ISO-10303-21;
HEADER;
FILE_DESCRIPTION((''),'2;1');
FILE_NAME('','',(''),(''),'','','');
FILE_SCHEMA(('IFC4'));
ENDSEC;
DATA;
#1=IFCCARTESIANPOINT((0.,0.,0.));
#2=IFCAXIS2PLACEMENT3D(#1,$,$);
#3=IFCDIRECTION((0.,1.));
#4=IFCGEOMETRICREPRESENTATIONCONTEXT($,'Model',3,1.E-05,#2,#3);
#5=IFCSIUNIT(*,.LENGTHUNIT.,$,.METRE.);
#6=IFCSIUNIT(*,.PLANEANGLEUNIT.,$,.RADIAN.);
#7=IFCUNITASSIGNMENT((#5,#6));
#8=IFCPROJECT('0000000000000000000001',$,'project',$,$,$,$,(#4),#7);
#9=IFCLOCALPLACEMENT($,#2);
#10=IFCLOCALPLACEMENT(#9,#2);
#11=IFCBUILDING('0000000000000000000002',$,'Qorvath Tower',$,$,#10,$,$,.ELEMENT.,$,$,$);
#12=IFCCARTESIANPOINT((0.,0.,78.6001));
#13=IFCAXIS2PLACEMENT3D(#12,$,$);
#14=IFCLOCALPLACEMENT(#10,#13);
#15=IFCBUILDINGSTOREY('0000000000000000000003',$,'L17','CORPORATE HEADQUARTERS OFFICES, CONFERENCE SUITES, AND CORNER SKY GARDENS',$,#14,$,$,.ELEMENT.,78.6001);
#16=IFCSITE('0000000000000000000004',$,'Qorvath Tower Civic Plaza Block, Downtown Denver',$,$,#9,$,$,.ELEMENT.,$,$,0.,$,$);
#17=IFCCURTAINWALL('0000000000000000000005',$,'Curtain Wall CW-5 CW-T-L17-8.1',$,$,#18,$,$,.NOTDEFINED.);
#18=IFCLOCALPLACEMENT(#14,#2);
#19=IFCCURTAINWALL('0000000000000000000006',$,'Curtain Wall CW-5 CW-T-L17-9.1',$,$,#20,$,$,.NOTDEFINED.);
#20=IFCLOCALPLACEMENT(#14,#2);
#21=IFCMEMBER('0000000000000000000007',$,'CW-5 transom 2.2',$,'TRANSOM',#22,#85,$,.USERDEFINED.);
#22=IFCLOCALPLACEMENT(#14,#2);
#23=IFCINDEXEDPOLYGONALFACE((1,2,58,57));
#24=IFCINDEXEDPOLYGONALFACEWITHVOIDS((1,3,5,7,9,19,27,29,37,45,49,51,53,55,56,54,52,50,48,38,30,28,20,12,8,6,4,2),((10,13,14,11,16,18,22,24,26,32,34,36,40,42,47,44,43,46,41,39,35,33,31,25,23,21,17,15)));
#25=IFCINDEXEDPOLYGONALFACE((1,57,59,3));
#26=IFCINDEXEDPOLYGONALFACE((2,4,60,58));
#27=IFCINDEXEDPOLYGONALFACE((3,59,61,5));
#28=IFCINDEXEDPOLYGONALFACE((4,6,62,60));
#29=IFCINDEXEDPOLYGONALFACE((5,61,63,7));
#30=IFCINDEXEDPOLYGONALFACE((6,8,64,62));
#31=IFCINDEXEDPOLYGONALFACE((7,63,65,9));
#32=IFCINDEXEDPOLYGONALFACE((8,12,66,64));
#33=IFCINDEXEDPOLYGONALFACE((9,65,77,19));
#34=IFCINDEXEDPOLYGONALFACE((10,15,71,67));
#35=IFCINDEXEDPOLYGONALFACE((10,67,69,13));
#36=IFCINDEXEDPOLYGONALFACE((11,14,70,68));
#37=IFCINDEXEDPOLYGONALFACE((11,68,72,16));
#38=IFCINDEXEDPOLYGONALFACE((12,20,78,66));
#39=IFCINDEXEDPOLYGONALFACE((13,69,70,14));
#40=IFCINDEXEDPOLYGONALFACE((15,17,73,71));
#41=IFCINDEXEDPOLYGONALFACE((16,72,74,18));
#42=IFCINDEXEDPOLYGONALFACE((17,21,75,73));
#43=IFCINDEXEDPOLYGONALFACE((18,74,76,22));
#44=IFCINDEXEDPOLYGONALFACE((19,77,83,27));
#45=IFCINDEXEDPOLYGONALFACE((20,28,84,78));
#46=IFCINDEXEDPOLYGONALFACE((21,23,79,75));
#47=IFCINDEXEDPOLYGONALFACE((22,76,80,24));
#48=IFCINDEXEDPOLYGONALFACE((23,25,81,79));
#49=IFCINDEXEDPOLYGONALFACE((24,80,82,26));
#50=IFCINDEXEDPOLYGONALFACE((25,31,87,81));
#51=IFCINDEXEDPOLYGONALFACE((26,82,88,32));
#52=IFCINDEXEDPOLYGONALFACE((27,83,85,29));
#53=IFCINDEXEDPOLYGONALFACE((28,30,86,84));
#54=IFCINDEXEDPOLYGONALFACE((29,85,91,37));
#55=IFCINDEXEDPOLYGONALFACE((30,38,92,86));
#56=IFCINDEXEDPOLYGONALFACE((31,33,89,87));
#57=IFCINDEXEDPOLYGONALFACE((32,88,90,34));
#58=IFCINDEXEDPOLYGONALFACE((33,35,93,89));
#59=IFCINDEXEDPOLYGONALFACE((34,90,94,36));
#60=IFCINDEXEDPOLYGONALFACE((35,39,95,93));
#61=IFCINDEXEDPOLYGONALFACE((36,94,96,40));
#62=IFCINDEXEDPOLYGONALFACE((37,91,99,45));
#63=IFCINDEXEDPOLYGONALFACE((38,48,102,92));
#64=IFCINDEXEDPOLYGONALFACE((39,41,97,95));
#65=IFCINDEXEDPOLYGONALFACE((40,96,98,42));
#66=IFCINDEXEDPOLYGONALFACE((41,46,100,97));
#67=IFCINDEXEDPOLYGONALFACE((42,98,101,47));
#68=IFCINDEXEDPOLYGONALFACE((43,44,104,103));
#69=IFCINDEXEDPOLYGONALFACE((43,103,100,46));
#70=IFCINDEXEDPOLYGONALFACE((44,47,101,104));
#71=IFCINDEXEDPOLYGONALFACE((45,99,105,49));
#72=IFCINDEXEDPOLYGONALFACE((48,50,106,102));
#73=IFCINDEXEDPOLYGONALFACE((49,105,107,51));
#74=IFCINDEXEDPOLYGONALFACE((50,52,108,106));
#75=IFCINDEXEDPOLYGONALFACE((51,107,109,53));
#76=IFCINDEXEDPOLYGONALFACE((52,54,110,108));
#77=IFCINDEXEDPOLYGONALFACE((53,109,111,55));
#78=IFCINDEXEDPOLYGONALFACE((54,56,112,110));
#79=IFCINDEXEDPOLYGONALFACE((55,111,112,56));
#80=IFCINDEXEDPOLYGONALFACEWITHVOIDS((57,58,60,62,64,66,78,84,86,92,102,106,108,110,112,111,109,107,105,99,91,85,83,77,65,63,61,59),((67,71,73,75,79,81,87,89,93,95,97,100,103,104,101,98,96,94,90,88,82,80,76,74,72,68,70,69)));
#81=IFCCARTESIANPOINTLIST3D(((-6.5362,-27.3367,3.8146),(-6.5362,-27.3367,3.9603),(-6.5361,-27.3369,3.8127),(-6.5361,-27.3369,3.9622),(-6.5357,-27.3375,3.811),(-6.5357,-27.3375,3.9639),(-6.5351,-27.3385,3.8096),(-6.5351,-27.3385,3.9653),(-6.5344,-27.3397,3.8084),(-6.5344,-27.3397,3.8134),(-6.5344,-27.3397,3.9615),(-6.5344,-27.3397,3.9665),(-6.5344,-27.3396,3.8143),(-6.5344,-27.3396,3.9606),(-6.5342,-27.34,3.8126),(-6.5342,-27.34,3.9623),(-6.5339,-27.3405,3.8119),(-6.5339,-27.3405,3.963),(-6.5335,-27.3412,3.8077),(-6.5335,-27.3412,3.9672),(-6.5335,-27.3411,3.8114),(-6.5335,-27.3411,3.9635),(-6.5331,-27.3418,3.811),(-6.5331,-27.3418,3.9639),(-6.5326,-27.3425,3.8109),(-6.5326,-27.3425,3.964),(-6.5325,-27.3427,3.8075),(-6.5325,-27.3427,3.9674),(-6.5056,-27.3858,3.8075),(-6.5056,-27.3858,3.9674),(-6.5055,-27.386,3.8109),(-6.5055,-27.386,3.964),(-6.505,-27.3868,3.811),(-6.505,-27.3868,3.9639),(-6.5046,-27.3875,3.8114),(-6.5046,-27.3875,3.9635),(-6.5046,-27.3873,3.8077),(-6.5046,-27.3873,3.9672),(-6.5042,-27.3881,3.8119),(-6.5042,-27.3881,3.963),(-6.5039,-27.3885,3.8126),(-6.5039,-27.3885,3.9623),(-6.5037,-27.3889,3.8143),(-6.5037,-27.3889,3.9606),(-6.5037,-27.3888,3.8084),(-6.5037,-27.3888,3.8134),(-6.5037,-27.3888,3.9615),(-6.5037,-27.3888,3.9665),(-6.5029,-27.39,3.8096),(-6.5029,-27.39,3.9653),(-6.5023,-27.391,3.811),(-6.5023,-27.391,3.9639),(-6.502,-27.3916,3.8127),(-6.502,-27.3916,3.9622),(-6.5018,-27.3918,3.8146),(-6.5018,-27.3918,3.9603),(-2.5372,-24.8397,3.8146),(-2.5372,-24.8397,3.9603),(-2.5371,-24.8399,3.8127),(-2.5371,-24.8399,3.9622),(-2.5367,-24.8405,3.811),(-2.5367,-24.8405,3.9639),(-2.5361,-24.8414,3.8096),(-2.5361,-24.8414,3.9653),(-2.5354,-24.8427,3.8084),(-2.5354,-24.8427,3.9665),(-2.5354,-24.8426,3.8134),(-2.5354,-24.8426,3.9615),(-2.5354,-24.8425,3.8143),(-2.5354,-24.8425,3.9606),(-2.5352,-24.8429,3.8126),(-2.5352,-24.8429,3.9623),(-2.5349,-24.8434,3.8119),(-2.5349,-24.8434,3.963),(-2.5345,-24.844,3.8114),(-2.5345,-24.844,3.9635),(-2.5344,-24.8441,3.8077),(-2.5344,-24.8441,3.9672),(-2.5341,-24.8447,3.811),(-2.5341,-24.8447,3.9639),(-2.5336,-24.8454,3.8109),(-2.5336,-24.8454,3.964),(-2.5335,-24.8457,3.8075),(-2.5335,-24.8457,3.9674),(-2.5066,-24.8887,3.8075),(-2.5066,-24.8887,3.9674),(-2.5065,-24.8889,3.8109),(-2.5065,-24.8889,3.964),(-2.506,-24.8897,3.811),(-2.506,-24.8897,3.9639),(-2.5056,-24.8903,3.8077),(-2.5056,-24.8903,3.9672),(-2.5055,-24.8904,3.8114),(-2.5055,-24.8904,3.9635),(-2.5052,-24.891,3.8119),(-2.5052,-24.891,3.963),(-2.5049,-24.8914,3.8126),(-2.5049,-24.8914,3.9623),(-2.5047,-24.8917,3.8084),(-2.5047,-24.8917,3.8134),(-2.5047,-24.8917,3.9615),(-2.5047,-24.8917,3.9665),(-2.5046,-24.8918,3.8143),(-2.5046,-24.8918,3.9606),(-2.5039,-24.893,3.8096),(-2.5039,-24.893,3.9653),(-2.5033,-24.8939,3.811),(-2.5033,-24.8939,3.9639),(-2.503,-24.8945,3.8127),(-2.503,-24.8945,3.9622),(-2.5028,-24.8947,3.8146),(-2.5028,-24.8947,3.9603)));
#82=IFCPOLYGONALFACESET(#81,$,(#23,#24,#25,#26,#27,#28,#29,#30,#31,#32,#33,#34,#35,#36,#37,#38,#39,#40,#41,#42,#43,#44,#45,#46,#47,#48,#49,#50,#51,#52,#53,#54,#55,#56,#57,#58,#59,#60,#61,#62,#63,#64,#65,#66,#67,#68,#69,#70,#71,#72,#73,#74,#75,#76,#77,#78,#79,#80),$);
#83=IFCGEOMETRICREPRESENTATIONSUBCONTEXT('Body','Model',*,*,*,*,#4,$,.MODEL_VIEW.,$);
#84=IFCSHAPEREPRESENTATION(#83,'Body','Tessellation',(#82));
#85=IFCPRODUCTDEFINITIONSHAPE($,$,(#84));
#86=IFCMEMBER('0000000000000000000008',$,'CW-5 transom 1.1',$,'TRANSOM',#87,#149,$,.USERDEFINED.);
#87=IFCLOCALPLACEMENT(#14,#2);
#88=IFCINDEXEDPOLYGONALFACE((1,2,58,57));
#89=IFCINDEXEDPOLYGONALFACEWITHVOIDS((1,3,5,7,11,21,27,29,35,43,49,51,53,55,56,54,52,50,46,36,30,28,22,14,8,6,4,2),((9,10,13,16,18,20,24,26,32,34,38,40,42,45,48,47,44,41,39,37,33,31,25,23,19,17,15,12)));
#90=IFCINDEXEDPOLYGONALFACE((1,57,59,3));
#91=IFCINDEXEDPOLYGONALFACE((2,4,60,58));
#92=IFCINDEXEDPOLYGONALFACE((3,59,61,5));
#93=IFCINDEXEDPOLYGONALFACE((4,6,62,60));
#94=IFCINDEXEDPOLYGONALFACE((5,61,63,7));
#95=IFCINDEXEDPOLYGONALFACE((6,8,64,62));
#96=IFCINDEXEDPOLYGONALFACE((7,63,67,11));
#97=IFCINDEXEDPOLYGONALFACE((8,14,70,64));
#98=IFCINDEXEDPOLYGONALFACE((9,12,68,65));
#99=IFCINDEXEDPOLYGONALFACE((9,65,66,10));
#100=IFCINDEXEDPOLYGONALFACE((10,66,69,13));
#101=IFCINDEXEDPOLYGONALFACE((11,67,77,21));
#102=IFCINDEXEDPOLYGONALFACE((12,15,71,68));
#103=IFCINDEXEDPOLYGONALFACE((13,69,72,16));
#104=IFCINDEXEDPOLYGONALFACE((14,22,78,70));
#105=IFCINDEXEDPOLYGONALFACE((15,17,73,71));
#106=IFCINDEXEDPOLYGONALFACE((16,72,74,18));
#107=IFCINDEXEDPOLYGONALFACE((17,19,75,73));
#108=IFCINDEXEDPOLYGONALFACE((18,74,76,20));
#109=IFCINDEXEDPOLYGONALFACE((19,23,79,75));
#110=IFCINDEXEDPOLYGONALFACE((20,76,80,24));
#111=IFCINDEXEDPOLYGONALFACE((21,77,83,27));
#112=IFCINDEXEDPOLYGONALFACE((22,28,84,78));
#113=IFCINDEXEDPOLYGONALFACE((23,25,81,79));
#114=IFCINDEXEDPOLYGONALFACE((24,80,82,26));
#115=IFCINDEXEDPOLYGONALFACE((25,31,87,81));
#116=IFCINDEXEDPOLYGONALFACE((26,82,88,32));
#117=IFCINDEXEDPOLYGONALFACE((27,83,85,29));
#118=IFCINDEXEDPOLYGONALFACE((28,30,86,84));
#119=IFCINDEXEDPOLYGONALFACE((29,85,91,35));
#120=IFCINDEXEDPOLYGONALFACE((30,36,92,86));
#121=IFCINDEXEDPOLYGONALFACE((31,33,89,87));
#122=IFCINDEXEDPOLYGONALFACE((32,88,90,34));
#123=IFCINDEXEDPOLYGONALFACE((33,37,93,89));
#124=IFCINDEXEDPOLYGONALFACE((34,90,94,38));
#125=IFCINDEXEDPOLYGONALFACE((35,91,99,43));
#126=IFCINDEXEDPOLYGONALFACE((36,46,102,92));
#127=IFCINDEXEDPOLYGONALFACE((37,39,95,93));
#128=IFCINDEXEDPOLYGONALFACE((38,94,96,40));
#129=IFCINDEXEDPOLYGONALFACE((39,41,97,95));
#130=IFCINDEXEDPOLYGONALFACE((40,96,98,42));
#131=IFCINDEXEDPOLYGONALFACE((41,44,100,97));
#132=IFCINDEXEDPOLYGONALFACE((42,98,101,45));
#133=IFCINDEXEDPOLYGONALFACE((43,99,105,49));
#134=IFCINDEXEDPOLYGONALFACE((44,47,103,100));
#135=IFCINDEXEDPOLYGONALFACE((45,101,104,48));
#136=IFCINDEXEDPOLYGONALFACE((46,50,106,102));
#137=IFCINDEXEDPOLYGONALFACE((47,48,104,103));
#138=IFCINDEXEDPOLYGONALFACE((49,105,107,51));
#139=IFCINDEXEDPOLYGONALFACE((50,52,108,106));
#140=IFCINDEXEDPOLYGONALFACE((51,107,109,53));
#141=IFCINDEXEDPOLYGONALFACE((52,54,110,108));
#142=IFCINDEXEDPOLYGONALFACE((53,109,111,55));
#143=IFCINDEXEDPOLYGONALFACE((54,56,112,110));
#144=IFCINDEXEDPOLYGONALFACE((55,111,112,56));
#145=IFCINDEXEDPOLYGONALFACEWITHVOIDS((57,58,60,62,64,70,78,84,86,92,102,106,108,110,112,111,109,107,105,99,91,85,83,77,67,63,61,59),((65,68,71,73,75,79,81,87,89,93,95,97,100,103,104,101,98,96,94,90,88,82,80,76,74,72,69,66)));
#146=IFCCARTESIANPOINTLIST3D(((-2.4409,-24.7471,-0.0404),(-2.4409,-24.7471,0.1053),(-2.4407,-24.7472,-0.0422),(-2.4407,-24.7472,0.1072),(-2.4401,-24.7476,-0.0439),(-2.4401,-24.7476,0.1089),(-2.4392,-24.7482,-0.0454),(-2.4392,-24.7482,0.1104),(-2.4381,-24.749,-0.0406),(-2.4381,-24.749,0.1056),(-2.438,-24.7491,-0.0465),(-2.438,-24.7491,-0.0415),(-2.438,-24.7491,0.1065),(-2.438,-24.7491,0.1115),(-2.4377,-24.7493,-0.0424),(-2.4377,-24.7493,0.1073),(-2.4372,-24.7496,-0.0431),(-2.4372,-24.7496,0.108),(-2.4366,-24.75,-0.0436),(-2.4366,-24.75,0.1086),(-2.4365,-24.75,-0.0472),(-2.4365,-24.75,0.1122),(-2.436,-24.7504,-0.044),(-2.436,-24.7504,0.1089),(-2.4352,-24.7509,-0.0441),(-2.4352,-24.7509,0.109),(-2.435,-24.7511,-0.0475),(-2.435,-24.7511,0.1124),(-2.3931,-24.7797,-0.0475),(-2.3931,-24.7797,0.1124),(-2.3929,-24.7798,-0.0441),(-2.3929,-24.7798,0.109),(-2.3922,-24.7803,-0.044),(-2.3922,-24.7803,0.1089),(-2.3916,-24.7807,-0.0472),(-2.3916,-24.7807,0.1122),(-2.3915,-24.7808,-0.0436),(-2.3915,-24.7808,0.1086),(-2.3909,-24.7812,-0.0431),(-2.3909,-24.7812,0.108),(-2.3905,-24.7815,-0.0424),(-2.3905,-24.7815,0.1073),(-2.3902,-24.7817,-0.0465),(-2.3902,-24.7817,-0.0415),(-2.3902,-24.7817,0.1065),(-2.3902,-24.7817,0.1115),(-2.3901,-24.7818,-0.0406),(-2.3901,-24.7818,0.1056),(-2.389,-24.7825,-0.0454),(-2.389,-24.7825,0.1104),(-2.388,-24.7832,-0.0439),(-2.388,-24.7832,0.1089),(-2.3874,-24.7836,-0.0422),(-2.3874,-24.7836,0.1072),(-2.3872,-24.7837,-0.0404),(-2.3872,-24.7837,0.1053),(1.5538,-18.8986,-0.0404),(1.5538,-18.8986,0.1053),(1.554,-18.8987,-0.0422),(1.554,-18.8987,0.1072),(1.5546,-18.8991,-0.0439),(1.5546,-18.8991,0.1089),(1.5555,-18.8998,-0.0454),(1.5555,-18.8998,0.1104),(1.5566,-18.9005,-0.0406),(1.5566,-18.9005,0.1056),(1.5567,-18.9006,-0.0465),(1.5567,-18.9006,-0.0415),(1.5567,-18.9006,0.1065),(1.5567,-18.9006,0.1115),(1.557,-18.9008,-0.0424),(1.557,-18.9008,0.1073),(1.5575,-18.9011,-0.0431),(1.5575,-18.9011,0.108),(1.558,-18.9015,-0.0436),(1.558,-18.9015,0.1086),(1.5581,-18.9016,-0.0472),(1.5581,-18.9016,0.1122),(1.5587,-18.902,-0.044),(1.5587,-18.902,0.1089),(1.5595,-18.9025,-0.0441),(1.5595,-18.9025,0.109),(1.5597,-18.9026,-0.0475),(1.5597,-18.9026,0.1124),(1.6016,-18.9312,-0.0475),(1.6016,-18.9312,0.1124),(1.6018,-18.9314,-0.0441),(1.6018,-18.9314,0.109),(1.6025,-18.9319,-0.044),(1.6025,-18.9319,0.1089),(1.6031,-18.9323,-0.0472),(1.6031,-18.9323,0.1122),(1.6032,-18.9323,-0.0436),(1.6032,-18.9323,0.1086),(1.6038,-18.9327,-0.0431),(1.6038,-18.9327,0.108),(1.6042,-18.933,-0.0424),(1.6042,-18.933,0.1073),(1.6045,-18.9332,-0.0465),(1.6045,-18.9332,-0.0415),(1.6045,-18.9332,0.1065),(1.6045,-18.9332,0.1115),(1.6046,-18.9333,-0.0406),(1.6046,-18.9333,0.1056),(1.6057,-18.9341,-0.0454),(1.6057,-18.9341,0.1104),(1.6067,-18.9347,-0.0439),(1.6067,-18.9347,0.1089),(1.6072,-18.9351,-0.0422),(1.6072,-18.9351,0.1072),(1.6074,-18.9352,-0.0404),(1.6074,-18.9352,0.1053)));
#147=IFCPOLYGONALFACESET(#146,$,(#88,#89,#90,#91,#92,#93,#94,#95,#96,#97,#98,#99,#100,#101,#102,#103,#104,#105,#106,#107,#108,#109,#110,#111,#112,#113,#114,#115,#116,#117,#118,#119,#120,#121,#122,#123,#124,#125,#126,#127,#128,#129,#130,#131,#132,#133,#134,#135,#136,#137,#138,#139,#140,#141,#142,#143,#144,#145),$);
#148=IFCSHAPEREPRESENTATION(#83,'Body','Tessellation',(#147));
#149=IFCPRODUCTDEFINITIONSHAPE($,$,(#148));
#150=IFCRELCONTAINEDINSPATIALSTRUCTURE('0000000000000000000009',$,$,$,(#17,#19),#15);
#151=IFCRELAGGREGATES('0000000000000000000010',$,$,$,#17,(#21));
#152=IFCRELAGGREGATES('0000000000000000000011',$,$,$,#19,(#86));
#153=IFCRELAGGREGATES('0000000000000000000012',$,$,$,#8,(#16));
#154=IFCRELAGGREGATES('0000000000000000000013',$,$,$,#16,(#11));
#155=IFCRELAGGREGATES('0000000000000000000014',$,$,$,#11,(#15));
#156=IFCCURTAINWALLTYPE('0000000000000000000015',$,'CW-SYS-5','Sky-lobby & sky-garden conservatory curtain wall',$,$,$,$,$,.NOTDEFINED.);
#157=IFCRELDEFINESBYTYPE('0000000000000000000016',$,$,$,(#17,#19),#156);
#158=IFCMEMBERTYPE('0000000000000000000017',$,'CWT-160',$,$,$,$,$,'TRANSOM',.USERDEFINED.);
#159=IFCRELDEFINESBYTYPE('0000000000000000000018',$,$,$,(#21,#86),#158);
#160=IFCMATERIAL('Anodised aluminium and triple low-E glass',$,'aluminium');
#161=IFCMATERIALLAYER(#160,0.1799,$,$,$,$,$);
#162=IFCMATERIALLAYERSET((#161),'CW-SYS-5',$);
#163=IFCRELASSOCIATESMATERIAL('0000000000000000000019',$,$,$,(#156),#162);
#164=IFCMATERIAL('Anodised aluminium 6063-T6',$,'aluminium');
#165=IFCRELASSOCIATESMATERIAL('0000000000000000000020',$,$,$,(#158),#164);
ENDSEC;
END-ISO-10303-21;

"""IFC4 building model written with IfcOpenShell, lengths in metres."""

from ifc_helpers import new_model, si_unit, direction, frame, origin, origin_2d, place, context, subcontext, project, spatial, hollow_rectangle, extrude, material, layer, layer_set, material_profile, profile_set, type_object, element, aggregate, save


model = new_model("IFC4")

# Units and contexts
model_context = context("Model", 3, precision=1e-05, world=origin(), true_north=direction((0.0, 1.0)))
body_context = subcontext(model_context, "Body", "Model", "MODEL_VIEW")
ifc_project = project(units=[si_unit("LENGTHUNIT", "METRE"), si_unit("PLANEANGLEUNIT", "RADIAN")], contexts=[model_context])

# Site, building, storey
site_placement = place(None, origin())
site = spatial("IfcSite", under=ifc_project, at=site_placement, Name="Qorvath Tower Civic Plaza Block, Downtown Denver", CompositionType="ELEMENT", RefElevation=0.0)
building_placement = place(site_placement, origin())
building = spatial("IfcBuilding", under=site, at=building_placement, Name="Qorvath Tower", CompositionType="ELEMENT")
storey_placement = place(building_placement, frame((0.0, 0.0, 78.6001)))
storey = spatial("IfcBuildingStorey", under=building, at=storey_placement, Name="L17", Description="CORPORATE HEADQUARTERS OFFICES, CONFERENCE SUITES, AND CORNER SKY GARDENS", CompositionType="ELEMENT", Elevation=78.6001)

# Shared definitions
ifc_material_1 = material(Name="Anodised aluminium and triple low-E glass", Category="aluminium")
ifc_layer_1 = layer(ifc_material_1, 0.1799)
ifc_layer_set_1 = layer_set([ifc_layer_1], Name="CW-SYS-5")
curtain_wall_type = type_object("IfcCurtainWallType", Name="CW-SYS-5", Description="Sky-lobby & sky-garden conservatory curtain wall", PredefinedType="NOTDEFINED", material=ifc_layer_set_1)

# Curtain wall
curtain_wall_1_placement = place(storey_placement, origin())
curtain_wall_1 = element("IfcCurtainWall", 1, at=curtain_wall_1_placement, inside=storey, type_object=curtain_wall_type, Name="Curtain Wall CW-5 CW-T-L17-8.1", PredefinedType="NOTDEFINED")

# Curtain wall
curtain_wall_2_placement = place(storey_placement, origin())
curtain_wall_2 = element("IfcCurtainWall", 2, at=curtain_wall_2_placement, inside=storey, type_object=curtain_wall_type, Name="Curtain Wall CW-5 CW-T-L17-9.1", PredefinedType="NOTDEFINED")

# Members
ifc_material_2 = material(Name="Anodised aluminium 6063-T6", Category="aluminium")
ifc_material_profile_1 = material_profile(ifc_material_2, hollow_rectangle(XDim=0.0649, YDim=0.1599, WallThickness=0.0034, InnerFilletRadius=0.0034, OuterFilletRadius=0.0071, at=origin_2d()), Name="CWT 160x65")
ifc_profile_set_1 = profile_set([ifc_material_profile_1], Name="Anodised aluminium 6063-T6")
member_type_1 = type_object("IfcMemberType", Name="CWT-160", ElementType="TRANSOM", PredefinedType="USERDEFINED", material=ifc_profile_set_1)
member_1_placement = place(storey_placement, frame((-6.519, -27.3643, 3.8875), z_axis=(0.848219, 0.529645, 0.0), x_axis=(-0.529645, 0.848219, 0.0)))
member_1 = element("IfcMember", 3, at=member_1_placement, type_object=member_type_1, Name="CW-5 transom 2.2", ObjectType="TRANSOM", PredefinedType="USERDEFINED", context=body_context, shape_type="SweptSolid", body=[
    extrude(hollow_rectangle(XDim=0.0649, YDim=0.1599, WallThickness=0.0034, InnerFilletRadius=0.0034, OuterFilletRadius=0.0071, at=origin_2d()), origin(), (0.0, 0.0, 1.0), 4.7146),
])
member_2_placement = place(storey_placement, frame((-2.4141, -24.7654, 0.0325), z_axis=(0.56402, 0.825761, 0.0), x_axis=(-0.825761, 0.56402, 0.0)))
member_2 = element("IfcMember", 4, at=member_2_placement, type_object=member_type_1, Name="CW-5 transom 1.1", ObjectType="TRANSOM", PredefinedType="USERDEFINED", context=body_context, shape_type="SweptSolid", body=[
    extrude(hollow_rectangle(XDim=0.0649, YDim=0.1599, WallThickness=0.0034, InnerFilletRadius=0.0034, OuterFilletRadius=0.0071, at=origin_2d()), origin(), (0.0, 0.0, 1.0), 7.0825),
])

aggregate(curtain_wall_1, [member_1])
aggregate(curtain_wall_2, [member_2])

save(model, "model.ifc")
